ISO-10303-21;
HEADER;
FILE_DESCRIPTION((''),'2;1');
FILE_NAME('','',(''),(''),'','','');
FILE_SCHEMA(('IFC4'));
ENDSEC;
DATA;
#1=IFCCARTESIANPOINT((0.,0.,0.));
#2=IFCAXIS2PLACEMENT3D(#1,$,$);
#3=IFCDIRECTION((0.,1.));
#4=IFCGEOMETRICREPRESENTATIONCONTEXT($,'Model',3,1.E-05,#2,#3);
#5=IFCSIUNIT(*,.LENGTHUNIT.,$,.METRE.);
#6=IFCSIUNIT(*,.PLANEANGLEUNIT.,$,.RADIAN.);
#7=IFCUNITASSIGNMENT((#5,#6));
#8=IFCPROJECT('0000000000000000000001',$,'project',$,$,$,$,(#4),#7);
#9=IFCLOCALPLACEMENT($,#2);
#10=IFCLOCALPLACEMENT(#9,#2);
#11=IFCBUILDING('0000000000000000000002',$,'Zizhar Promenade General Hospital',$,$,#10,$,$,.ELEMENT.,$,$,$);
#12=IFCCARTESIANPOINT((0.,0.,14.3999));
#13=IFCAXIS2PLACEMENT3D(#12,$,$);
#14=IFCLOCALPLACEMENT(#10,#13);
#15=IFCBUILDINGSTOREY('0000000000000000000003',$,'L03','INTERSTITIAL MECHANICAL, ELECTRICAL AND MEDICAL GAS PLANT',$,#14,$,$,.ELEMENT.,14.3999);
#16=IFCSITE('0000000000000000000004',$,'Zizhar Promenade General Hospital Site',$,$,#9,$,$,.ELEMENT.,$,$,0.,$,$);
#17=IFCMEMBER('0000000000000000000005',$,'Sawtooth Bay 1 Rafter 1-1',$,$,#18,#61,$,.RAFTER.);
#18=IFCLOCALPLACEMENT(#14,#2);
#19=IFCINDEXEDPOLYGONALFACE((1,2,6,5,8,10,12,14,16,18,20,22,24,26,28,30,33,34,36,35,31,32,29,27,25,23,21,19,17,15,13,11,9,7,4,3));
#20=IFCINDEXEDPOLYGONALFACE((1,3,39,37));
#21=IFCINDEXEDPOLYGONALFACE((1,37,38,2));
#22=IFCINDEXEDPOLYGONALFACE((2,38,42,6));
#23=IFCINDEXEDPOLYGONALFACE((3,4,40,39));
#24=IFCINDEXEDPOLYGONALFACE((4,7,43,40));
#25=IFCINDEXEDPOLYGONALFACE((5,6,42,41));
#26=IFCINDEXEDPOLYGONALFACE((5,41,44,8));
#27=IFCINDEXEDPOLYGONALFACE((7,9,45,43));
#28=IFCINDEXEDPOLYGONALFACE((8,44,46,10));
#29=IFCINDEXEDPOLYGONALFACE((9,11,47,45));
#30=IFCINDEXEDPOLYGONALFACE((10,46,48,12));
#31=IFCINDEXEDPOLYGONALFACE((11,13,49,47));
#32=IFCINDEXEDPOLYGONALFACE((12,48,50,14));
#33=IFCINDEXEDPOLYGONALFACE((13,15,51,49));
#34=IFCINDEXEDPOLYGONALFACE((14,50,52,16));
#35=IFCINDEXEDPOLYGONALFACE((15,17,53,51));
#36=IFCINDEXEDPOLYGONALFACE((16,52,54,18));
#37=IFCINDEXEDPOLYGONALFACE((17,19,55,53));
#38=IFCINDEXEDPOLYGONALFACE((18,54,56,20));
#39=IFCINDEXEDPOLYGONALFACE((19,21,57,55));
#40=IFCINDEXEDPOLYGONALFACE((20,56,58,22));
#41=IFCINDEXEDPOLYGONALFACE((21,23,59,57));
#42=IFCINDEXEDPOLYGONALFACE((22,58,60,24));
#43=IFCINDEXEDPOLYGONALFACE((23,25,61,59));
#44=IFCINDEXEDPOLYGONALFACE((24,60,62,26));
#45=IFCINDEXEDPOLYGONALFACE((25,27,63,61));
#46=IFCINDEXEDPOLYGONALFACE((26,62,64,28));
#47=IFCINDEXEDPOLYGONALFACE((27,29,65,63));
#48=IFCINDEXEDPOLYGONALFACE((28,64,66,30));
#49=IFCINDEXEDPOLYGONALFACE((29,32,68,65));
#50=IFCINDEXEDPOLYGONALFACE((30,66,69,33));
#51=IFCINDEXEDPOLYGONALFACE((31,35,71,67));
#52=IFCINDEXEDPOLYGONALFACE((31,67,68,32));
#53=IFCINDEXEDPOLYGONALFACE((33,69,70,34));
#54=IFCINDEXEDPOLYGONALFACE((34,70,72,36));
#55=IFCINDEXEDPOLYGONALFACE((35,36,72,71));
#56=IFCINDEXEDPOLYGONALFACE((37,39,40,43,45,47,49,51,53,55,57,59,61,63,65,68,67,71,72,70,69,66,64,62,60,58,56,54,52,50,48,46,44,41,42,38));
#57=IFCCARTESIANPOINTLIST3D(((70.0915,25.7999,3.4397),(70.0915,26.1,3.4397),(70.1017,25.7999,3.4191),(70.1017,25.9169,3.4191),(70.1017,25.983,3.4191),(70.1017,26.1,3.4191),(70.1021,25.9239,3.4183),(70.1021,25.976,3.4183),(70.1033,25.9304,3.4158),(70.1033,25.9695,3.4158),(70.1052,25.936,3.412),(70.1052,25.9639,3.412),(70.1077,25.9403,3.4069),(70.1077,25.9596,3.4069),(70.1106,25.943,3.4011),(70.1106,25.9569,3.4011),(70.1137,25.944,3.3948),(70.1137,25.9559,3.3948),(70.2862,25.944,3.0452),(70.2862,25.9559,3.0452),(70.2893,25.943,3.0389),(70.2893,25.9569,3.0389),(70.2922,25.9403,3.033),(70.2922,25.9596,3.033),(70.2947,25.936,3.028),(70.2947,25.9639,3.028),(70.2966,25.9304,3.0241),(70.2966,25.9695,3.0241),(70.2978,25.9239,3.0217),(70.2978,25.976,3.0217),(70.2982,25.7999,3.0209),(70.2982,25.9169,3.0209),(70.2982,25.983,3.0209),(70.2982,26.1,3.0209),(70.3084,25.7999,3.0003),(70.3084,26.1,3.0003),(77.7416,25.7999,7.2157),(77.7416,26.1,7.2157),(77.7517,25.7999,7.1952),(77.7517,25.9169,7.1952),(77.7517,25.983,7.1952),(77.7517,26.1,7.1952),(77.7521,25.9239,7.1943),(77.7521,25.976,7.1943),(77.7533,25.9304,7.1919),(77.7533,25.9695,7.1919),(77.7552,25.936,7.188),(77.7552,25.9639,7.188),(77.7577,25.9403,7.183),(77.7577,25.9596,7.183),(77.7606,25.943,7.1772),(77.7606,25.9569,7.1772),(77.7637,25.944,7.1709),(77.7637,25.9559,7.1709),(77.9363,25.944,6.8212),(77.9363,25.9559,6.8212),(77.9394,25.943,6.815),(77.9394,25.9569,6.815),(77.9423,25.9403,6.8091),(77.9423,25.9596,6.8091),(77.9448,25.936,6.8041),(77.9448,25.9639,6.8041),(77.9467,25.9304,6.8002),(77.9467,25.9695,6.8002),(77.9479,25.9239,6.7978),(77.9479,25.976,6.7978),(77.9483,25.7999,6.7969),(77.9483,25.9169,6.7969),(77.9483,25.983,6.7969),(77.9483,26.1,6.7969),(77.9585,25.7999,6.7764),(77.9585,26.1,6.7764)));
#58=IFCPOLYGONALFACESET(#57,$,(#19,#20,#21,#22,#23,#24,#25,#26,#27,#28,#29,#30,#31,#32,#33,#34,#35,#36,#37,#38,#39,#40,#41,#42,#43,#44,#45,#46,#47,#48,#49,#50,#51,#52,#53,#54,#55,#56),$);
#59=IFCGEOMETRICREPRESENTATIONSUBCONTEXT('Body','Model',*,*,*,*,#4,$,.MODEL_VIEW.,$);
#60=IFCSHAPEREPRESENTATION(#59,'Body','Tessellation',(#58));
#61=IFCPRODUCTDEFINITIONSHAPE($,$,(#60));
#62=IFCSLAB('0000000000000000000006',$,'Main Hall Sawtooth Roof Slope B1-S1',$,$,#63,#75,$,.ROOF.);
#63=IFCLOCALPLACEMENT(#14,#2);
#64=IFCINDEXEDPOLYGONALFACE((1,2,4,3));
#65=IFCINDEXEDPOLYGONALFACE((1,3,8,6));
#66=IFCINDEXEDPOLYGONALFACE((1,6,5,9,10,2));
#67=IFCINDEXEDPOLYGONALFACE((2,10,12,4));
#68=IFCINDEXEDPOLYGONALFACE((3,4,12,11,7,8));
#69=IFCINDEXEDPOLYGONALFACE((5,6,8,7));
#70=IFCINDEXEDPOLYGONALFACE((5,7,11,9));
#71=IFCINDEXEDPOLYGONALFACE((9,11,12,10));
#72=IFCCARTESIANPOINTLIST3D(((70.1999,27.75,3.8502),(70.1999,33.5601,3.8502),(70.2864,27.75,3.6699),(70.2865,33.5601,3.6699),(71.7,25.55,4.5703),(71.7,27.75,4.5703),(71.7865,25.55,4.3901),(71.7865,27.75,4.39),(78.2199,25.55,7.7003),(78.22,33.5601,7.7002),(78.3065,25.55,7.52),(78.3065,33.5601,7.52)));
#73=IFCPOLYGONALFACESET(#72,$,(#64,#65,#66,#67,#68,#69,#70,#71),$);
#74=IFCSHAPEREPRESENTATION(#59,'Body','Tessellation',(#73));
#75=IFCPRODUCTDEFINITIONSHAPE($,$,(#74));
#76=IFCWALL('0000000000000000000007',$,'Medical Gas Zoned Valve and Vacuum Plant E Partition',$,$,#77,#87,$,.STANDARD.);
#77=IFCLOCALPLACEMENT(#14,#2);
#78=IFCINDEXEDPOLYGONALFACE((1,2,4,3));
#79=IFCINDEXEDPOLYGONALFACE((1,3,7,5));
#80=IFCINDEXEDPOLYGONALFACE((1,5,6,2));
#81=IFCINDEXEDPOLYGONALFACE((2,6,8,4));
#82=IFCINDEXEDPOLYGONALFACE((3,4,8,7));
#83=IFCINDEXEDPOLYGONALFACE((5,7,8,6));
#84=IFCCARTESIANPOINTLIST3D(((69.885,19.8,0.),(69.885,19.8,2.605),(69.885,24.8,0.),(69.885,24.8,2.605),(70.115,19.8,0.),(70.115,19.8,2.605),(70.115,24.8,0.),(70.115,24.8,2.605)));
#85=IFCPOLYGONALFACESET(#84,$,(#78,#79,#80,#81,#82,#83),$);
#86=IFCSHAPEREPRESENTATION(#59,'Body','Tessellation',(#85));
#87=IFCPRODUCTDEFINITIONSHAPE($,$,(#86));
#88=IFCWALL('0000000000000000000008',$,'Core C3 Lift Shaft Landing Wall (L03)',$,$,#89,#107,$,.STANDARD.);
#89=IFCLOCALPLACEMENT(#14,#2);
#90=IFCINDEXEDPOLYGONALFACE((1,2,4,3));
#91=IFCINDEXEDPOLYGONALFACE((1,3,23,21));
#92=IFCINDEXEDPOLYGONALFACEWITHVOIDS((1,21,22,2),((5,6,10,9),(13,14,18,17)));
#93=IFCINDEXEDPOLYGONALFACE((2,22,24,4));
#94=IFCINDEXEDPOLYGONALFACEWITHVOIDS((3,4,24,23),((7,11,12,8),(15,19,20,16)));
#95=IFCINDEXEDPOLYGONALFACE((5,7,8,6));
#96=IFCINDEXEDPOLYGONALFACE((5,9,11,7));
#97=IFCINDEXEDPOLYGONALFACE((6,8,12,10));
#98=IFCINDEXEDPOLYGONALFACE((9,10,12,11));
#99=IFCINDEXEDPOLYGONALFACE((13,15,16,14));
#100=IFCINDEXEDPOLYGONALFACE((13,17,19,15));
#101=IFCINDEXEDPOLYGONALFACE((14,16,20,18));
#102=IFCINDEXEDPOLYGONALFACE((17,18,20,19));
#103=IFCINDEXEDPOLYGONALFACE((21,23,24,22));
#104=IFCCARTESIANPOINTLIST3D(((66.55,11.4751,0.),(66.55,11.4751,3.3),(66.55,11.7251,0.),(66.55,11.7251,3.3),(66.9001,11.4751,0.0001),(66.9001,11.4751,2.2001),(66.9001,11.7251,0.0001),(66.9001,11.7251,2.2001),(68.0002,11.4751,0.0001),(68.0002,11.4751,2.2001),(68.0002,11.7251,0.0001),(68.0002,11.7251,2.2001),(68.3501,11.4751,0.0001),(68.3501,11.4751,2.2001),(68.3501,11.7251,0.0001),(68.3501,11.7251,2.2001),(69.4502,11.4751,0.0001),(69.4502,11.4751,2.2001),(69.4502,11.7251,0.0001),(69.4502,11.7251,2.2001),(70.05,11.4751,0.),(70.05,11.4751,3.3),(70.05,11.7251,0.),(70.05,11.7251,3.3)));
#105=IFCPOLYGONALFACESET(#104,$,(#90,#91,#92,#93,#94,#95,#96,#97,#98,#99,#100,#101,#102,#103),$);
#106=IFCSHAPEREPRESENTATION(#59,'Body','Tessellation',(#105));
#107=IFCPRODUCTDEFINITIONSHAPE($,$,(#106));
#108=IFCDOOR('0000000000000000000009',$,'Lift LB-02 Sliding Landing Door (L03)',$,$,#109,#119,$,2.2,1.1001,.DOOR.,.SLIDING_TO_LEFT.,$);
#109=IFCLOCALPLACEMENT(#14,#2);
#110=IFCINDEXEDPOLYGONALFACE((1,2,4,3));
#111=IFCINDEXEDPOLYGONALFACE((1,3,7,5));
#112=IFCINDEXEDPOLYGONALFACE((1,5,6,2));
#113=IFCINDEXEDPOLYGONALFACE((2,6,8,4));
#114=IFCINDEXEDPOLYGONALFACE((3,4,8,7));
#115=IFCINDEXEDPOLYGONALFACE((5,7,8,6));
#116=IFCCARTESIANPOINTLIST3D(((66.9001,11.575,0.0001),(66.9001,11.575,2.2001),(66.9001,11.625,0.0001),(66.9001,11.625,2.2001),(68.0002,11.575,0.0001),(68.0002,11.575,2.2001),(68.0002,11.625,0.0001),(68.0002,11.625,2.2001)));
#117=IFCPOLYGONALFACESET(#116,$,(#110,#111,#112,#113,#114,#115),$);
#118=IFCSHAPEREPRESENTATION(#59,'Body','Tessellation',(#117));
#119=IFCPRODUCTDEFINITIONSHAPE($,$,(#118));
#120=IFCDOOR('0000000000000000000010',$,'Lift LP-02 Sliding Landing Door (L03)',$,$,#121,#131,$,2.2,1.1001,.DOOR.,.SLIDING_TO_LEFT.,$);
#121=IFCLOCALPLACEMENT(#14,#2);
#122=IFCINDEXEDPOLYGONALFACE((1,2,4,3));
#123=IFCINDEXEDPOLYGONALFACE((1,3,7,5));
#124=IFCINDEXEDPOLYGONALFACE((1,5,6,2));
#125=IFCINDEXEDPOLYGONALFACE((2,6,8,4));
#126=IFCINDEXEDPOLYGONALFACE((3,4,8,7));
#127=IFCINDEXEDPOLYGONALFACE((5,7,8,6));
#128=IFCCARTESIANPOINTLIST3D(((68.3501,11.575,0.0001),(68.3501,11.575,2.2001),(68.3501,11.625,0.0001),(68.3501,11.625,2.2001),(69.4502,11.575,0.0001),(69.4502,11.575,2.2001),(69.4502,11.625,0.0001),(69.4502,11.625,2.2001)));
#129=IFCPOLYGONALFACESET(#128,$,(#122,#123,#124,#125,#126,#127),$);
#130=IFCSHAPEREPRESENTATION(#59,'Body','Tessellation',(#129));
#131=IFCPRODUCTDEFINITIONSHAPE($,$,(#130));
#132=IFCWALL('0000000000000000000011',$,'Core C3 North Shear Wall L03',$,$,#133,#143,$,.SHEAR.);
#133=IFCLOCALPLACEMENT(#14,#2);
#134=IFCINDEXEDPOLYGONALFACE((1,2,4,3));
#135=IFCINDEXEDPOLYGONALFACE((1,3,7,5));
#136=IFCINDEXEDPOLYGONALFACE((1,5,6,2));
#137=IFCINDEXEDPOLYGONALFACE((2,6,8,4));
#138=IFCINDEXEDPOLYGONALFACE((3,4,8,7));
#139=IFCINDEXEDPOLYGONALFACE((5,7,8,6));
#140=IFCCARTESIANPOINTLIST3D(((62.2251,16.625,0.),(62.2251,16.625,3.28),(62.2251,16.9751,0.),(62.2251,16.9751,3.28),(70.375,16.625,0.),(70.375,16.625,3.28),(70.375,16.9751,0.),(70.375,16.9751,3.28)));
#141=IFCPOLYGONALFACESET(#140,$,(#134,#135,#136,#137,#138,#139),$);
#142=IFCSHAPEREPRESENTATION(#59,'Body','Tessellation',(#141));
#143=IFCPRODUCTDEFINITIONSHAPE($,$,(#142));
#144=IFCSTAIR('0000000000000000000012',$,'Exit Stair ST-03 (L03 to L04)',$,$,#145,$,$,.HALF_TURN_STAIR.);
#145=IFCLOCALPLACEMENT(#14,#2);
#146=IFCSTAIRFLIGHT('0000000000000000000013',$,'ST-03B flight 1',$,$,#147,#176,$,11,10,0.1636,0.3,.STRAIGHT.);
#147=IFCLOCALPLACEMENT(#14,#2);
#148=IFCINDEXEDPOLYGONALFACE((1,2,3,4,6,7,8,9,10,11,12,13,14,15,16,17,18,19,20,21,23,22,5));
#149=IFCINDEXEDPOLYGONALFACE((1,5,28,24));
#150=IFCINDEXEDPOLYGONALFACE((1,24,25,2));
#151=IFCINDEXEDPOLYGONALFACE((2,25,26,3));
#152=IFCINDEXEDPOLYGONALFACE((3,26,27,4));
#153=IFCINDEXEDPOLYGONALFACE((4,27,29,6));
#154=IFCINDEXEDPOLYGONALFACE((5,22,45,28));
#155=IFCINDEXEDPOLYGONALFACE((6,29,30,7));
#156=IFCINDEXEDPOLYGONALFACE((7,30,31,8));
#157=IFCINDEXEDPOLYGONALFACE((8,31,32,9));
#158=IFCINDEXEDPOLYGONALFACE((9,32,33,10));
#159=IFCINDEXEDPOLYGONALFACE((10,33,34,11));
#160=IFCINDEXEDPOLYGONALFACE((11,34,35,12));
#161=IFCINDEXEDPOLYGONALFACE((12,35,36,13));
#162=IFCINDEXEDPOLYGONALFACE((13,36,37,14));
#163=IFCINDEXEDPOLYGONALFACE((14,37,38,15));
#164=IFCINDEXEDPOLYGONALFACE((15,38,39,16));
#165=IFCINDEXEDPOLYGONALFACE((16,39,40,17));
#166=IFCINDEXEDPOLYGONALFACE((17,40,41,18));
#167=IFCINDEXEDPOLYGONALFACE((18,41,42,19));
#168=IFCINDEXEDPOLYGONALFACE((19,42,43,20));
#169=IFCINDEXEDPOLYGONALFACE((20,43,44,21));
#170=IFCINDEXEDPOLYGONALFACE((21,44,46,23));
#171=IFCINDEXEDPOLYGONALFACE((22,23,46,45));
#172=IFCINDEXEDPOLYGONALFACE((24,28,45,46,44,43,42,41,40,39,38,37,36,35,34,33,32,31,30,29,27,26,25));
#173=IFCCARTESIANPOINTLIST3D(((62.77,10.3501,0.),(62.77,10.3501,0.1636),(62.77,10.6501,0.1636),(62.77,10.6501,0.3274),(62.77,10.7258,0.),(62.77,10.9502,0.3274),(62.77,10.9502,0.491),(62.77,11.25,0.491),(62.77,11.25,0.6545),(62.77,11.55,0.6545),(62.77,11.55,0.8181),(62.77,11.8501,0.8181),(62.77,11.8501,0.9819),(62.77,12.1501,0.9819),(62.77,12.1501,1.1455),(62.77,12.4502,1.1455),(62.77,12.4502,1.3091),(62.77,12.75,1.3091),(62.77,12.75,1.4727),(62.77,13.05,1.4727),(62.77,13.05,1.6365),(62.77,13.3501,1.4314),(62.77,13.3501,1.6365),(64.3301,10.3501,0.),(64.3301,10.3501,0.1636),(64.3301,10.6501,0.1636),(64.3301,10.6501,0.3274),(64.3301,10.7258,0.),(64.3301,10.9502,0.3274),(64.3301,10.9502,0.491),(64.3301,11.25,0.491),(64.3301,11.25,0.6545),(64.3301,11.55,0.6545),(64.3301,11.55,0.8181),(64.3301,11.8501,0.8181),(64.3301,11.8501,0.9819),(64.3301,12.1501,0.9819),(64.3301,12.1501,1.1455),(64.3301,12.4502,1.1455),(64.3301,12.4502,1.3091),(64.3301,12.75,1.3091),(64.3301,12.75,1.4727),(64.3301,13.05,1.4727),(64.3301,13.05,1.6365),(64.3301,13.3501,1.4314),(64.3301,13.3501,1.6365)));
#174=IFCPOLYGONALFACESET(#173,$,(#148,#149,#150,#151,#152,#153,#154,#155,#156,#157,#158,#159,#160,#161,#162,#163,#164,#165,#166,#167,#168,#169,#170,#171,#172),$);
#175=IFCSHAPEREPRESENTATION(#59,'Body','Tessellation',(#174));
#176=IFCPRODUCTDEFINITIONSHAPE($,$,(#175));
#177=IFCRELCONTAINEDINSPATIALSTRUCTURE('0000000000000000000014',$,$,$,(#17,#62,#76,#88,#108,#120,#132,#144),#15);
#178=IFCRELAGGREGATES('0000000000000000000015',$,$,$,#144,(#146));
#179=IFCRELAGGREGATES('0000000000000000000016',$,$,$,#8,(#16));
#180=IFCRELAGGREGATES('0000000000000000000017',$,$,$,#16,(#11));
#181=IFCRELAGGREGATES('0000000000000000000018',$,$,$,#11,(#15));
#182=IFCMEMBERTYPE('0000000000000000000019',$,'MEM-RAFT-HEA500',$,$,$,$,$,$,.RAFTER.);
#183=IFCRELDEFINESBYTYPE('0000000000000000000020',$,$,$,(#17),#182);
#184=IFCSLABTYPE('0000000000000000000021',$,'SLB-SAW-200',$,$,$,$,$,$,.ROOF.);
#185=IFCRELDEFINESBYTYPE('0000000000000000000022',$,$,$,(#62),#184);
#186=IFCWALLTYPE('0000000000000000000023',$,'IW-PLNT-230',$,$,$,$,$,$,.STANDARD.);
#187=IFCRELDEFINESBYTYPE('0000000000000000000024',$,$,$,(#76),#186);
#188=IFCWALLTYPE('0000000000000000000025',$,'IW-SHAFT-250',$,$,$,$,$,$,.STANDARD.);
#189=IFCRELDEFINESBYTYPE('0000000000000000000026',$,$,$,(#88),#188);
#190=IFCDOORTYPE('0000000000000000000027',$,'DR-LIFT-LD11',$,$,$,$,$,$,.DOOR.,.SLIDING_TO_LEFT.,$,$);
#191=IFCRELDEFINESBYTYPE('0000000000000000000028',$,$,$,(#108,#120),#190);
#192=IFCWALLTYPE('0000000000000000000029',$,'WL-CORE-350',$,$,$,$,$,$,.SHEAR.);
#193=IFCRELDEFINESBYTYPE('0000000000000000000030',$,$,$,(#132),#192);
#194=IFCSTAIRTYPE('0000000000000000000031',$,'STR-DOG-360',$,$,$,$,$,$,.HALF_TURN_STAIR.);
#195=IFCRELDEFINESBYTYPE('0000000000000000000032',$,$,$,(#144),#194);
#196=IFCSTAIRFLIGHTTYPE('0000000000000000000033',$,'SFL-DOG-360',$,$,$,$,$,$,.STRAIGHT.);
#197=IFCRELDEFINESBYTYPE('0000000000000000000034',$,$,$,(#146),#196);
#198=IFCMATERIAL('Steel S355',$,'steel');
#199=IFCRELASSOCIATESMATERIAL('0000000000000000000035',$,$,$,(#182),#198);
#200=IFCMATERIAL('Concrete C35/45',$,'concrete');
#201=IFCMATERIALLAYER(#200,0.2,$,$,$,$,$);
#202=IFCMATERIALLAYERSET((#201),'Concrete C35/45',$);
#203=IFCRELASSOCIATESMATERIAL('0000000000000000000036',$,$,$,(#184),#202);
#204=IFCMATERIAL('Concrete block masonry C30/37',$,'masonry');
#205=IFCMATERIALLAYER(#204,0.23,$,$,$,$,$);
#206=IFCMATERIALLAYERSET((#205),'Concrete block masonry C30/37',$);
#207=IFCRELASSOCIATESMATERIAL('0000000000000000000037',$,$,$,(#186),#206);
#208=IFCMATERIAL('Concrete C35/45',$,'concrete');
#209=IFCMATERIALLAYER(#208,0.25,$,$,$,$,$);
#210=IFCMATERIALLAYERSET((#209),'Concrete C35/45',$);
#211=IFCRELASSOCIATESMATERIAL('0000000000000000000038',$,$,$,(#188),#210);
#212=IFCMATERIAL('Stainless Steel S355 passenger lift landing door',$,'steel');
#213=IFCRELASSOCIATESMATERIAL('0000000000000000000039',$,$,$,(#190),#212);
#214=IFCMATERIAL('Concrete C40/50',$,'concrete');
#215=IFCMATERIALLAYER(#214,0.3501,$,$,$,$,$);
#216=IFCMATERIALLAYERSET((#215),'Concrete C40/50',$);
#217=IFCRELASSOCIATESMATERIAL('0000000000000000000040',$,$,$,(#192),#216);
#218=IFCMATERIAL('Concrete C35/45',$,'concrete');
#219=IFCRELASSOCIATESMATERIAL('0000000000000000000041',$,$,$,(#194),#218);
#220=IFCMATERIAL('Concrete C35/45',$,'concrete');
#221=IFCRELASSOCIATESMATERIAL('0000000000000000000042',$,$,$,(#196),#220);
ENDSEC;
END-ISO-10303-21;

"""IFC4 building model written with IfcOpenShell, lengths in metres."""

from ifc_helpers import new_model, si_unit, direction, frame, frame_2d, origin, origin_2d, place, context, subcontext, project, spatial, polyline, rectangle, i_section, outline, extrude, material, layer, layer_set, material_profile, profile_set, type_object, element, fill, aggregate, save


model = new_model("IFC4")

# Units and contexts
model_context = context("Model", 3, precision=1e-05, world=origin(), true_north=direction((0.0, 1.0)))
body_context = subcontext(model_context, "Body", "Model", "MODEL_VIEW")
ifc_project = project(units=[si_unit("LENGTHUNIT", "METRE"), si_unit("PLANEANGLEUNIT", "RADIAN")], contexts=[model_context])

# Site, building, storey
site_placement = place(None, origin())
site = spatial("IfcSite", under=ifc_project, at=site_placement, Name="Zizhar Promenade General Hospital Site", CompositionType="ELEMENT", RefElevation=0.0)
building_placement = place(site_placement, origin())
building = spatial("IfcBuilding", under=site, at=building_placement, Name="Zizhar Promenade General Hospital", CompositionType="ELEMENT")
storey_placement = place(building_placement, frame((0.0, 0.0, 14.3999)))
storey = spatial("IfcBuildingStorey", under=building, at=storey_placement, Name="L03", Description="INTERSTITIAL MECHANICAL, ELECTRICAL AND MEDICAL GAS PLANT", CompositionType="ELEMENT", Elevation=14.3999)

# Member
ifc_material_1 = material(Name="Steel S355", Category="steel")
ifc_material_profile_1 = material_profile(ifc_material_1, i_section(OverallWidth=0.3, OverallDepth=0.49, WebThickness=0.012, FlangeThickness=0.0229, FilletRadius=0.0271, at=origin_2d()))
ifc_profile_set_1 = profile_set([ifc_material_profile_1], Name="Steel S355")
member_type_1 = type_object("IfcMemberType", Name="MEM-RAFT-HEA500", PredefinedType="RAFTER", material=ifc_profile_set_1)
member_1_placement = place(storey_placement, frame((70.2, 25.95, 3.22), z_axis=(0.89671, 0.0, 0.442618), x_axis=(0.0, 1.0, 0.0)))
element("IfcMember", 1, at=member_1_placement, inside=storey, type_object=member_type_1, Name="Sawtooth Bay 1 Rafter 1-1", PredefinedType="RAFTER", context=body_context, shape_type="SweptSolid", body=[
    extrude(i_section(OverallWidth=0.3, OverallDepth=0.49, WebThickness=0.012, FlangeThickness=0.0229, FilletRadius=0.0271, at=origin_2d()), origin(), (0.0, 0.0, 1.0), 8.5312),
])

# Slab
ifc_material_2 = material(Name="Concrete C35/45", Category="concrete")
ifc_layer_1 = layer(ifc_material_2, 0.2)
ifc_layer_set_1 = layer_set([ifc_layer_1], Name="Concrete C35/45")
slab_type = type_object("IfcSlabType", Name="SLB-SAW-200", PredefinedType="ROOF", material=ifc_layer_set_1)
slab_placement = place(storey_placement, frame((71.7, 25.55, 4.5703), z_axis=(-0.432772, 0.000007, 0.901503), x_axis=(0.901503, 0.0, 0.432772)))
element("IfcSlab", 2, at=slab_placement, inside=storey, type_object=slab_type, Name="Main Hall Sawtooth Roof Slope B1-S1", PredefinedType="ROOF", context=body_context, shape_type="SweptSolid", body=[
    extrude(outline(polyline([(0.0, 0.0), (7.2323, 0.0), (7.2323, 8.01), (-1.6639, 8.01), (-1.6639, 2.2), (0.0, 2.2), (0.0, 0.0)])), origin(), (0.0, 0.0, -1.0), 0.2),
])

# Wall
ifc_material_3 = material(Name="Concrete block masonry C30/37", Category="masonry")
ifc_layer_2 = layer(ifc_material_3, 0.23)
ifc_layer_set_2 = layer_set([ifc_layer_2], Name="Concrete block masonry C30/37")
wall_type_1 = type_object("IfcWallType", Name="IW-PLNT-230", PredefinedType="STANDARD", material=ifc_layer_set_2)
wall_1_placement = place(storey_placement, frame((70.0, 19.8, 0.0), z_axis=(0.0, 0.0, 1.0), x_axis=(0.0, 1.0, 0.0)))
element("IfcWall", 3, at=wall_1_placement, inside=storey, type_object=wall_type_1, Name="Medical Gas Zoned Valve and Vacuum Plant E Partition", PredefinedType="STANDARD", context=body_context, shape_type="SweptSolid", body=[
    extrude(rectangle(XDim=5.0, YDim=0.23, at=frame_2d((2.5, 0.0))), origin(), (0.0, 0.0, 1.0), 2.605),
])

# Wall, openings, doors
ifc_material_4 = material(Name="Concrete C35/45", Category="concrete")
ifc_layer_3 = layer(ifc_material_4, 0.25)
ifc_layer_set_3 = layer_set([ifc_layer_3], Name="Concrete C35/45")
wall_type_2 = type_object("IfcWallType", Name="IW-SHAFT-250", PredefinedType="STANDARD", material=ifc_layer_set_3)
wall_2_placement = place(storey_placement, frame((66.55, 11.6001, 0.0), z_axis=(0.0, 0.0, 1.0), x_axis=(1.0, 0.0, 0.0)))
wall_2 = element("IfcWall", 4, at=wall_2_placement, inside=storey, type_object=wall_type_2, Name="Core C3 Lift Shaft Landing Wall (L03)", PredefinedType="STANDARD", context=body_context, shape_type="SweptSolid", body=[
    extrude(rectangle(XDim=3.5, YDim=0.25, at=frame_2d((1.75, 0.0))), origin(), (0.0, 0.0, 1.0), 3.3),
])
opening_1_placement = place(wall_2_placement, frame((0.3501, 0.0, 0.0)))
opening_1 = element("IfcOpeningElement", 5, at=opening_1_placement, cuts=wall_2, PredefinedType="OPENING", context=body_context, shape_type="SweptSolid", body=[
    extrude(rectangle(XDim=1.1001, YDim=2.2, at=frame_2d((0.55, 1.1001))), frame((0.0, 0.135, 0.0), z_axis=(0.0, -1.0, 0.0), x_axis=(1.0, 0.0, 0.0)), (0.0, 0.0, 1.0), 0.27),
])
opening_2_placement = place(wall_2_placement, frame((1.8, 0.0, 0.0)))
opening_2 = element("IfcOpeningElement", 6, at=opening_2_placement, cuts=wall_2, PredefinedType="OPENING", context=body_context, shape_type="SweptSolid", body=[
    extrude(rectangle(XDim=1.1001, YDim=2.2, at=frame_2d((0.55, 1.1001))), frame((0.0, 0.135, 0.0), z_axis=(0.0, -1.0, 0.0), x_axis=(1.0, 0.0, 0.0)), (0.0, 0.0, 1.0), 0.27),
])
ifc_material_5 = material(Name="Stainless Steel S355 passenger lift landing door", Category="steel")
door_type = type_object("IfcDoorType", Name="DR-LIFT-LD11", OperationType="SLIDING_TO_LEFT", PredefinedType="DOOR", material=ifc_material_5)
door_1_placement = place(opening_1_placement, origin())
door_1 = element("IfcDoor", 7, at=door_1_placement, inside=storey, type_object=door_type, Name="Lift LB-02 Sliding Landing Door (L03)", OperationType="SLIDING_TO_LEFT", OverallHeight=2.2, OverallWidth=1.1001, PredefinedType="DOOR", context=body_context, shape_type="SweptSolid", body=[
    extrude(rectangle(XDim=1.1001, YDim=2.2, at=frame_2d((0.55, 1.1001))), frame((0.0, 0.0249, 0.0), z_axis=(0.0, -1.0, 0.0), x_axis=(1.0, 0.0, 0.0)), (0.0, 0.0, 1.0), 0.05),
])
fill(opening_1, door_1)
door_2_placement = place(opening_2_placement, origin())
door_2 = element("IfcDoor", 8, at=door_2_placement, inside=storey, type_object=door_type, Name="Lift LP-02 Sliding Landing Door (L03)", OperationType="SLIDING_TO_LEFT", OverallHeight=2.2, OverallWidth=1.1001, PredefinedType="DOOR", context=body_context, shape_type="SweptSolid", body=[
    extrude(rectangle(XDim=1.1001, YDim=2.2, at=frame_2d((0.55, 1.1001))), frame((0.0, 0.0249, 0.0), z_axis=(0.0, -1.0, 0.0), x_axis=(1.0, 0.0, 0.0)), (0.0, 0.0, 1.0), 0.05),
])
fill(opening_2, door_2)

# Wall
ifc_material_6 = material(Name="Concrete C40/50", Category="concrete")
ifc_layer_4 = layer(ifc_material_6, 0.3501)
ifc_layer_set_4 = layer_set([ifc_layer_4], Name="Concrete C40/50")
wall_type_3 = type_object("IfcWallType", Name="WL-CORE-350", PredefinedType="SHEAR", material=ifc_layer_set_4)
wall_3_placement = place(storey_placement, frame((62.2251, 16.8, 0.0), z_axis=(0.0, 0.0, 1.0), x_axis=(1.0, 0.0, 0.0)))
element("IfcWall", 9, at=wall_3_placement, inside=storey, type_object=wall_type_3, Name="Core C3 North Shear Wall L03", PredefinedType="SHEAR", context=body_context, shape_type="SweptSolid", body=[
    extrude(rectangle(XDim=8.1499, YDim=0.3501, at=frame_2d((4.075, 0.0))), origin(), (0.0, 0.0, 1.0), 3.28),
])

# Stair, stair flight
ifc_material_7 = material(Name="Concrete C35/45", Category="concrete")
stair_type = type_object("IfcStairType", Name="STR-DOG-360", PredefinedType="HALF_TURN_STAIR", material=ifc_material_7)
stair_placement = place(storey_placement, origin())
stair = element("IfcStair", 10, at=stair_placement, inside=storey, type_object=stair_type, Name="Exit Stair ST-03 (L03 to L04)", PredefinedType="HALF_TURN_STAIR")
ifc_material_8 = material(Name="Concrete C35/45", Category="concrete")
stair_flight_type = type_object("IfcStairFlightType", Name="SFL-DOG-360", PredefinedType="STRAIGHT", material=ifc_material_8)
stair_flight_1_placement = place(storey_placement, frame((63.55, 10.3501, 0.0), z_axis=(0.0, 0.0, 1.0), x_axis=(0.0, 1.0, 0.0)))
stair_flight_1 = element("IfcStairFlight", 11, at=stair_flight_1_placement, type_object=stair_flight_type, Name="ST-03B flight 1", NumberOfRisers=11, NumberOfTreads=10, PredefinedType="STRAIGHT", RiserHeight=0.1636, TreadLength=0.3, context=body_context, shape_type="SweptSolid", body=[
    extrude(outline(polyline([(0.0, 0.0), (0.0, 0.1636), (0.3, 0.1636), (0.3, 0.3274), (0.6001, 0.3274), (0.6001, 0.491), (0.8999, 0.491), (0.8999, 0.6545), (1.2, 0.6545), (1.2, 0.8181), (1.5, 0.8181), (1.5, 0.9819), (1.8, 0.9819), (1.8, 1.1455), (2.1001, 1.1455), (2.1001, 1.3091), (2.3999, 1.3091), (2.3999, 1.4727), (2.7, 1.4727), (2.7, 1.6365), (3.0, 1.6365), (3.0, 1.8), (3.0, 1.4314), (0.3757, 0.0), (0.0, 0.0)])), frame((0.0, 0.78, 0.0), z_axis=(0.0, -1.0, 0.0), x_axis=(1.0, 0.0, 0.0)), (0.0, 0.0, 1.0), 1.5601),
])
aggregate(stair, [stair_flight_1])

save(model, "model.ifc")
